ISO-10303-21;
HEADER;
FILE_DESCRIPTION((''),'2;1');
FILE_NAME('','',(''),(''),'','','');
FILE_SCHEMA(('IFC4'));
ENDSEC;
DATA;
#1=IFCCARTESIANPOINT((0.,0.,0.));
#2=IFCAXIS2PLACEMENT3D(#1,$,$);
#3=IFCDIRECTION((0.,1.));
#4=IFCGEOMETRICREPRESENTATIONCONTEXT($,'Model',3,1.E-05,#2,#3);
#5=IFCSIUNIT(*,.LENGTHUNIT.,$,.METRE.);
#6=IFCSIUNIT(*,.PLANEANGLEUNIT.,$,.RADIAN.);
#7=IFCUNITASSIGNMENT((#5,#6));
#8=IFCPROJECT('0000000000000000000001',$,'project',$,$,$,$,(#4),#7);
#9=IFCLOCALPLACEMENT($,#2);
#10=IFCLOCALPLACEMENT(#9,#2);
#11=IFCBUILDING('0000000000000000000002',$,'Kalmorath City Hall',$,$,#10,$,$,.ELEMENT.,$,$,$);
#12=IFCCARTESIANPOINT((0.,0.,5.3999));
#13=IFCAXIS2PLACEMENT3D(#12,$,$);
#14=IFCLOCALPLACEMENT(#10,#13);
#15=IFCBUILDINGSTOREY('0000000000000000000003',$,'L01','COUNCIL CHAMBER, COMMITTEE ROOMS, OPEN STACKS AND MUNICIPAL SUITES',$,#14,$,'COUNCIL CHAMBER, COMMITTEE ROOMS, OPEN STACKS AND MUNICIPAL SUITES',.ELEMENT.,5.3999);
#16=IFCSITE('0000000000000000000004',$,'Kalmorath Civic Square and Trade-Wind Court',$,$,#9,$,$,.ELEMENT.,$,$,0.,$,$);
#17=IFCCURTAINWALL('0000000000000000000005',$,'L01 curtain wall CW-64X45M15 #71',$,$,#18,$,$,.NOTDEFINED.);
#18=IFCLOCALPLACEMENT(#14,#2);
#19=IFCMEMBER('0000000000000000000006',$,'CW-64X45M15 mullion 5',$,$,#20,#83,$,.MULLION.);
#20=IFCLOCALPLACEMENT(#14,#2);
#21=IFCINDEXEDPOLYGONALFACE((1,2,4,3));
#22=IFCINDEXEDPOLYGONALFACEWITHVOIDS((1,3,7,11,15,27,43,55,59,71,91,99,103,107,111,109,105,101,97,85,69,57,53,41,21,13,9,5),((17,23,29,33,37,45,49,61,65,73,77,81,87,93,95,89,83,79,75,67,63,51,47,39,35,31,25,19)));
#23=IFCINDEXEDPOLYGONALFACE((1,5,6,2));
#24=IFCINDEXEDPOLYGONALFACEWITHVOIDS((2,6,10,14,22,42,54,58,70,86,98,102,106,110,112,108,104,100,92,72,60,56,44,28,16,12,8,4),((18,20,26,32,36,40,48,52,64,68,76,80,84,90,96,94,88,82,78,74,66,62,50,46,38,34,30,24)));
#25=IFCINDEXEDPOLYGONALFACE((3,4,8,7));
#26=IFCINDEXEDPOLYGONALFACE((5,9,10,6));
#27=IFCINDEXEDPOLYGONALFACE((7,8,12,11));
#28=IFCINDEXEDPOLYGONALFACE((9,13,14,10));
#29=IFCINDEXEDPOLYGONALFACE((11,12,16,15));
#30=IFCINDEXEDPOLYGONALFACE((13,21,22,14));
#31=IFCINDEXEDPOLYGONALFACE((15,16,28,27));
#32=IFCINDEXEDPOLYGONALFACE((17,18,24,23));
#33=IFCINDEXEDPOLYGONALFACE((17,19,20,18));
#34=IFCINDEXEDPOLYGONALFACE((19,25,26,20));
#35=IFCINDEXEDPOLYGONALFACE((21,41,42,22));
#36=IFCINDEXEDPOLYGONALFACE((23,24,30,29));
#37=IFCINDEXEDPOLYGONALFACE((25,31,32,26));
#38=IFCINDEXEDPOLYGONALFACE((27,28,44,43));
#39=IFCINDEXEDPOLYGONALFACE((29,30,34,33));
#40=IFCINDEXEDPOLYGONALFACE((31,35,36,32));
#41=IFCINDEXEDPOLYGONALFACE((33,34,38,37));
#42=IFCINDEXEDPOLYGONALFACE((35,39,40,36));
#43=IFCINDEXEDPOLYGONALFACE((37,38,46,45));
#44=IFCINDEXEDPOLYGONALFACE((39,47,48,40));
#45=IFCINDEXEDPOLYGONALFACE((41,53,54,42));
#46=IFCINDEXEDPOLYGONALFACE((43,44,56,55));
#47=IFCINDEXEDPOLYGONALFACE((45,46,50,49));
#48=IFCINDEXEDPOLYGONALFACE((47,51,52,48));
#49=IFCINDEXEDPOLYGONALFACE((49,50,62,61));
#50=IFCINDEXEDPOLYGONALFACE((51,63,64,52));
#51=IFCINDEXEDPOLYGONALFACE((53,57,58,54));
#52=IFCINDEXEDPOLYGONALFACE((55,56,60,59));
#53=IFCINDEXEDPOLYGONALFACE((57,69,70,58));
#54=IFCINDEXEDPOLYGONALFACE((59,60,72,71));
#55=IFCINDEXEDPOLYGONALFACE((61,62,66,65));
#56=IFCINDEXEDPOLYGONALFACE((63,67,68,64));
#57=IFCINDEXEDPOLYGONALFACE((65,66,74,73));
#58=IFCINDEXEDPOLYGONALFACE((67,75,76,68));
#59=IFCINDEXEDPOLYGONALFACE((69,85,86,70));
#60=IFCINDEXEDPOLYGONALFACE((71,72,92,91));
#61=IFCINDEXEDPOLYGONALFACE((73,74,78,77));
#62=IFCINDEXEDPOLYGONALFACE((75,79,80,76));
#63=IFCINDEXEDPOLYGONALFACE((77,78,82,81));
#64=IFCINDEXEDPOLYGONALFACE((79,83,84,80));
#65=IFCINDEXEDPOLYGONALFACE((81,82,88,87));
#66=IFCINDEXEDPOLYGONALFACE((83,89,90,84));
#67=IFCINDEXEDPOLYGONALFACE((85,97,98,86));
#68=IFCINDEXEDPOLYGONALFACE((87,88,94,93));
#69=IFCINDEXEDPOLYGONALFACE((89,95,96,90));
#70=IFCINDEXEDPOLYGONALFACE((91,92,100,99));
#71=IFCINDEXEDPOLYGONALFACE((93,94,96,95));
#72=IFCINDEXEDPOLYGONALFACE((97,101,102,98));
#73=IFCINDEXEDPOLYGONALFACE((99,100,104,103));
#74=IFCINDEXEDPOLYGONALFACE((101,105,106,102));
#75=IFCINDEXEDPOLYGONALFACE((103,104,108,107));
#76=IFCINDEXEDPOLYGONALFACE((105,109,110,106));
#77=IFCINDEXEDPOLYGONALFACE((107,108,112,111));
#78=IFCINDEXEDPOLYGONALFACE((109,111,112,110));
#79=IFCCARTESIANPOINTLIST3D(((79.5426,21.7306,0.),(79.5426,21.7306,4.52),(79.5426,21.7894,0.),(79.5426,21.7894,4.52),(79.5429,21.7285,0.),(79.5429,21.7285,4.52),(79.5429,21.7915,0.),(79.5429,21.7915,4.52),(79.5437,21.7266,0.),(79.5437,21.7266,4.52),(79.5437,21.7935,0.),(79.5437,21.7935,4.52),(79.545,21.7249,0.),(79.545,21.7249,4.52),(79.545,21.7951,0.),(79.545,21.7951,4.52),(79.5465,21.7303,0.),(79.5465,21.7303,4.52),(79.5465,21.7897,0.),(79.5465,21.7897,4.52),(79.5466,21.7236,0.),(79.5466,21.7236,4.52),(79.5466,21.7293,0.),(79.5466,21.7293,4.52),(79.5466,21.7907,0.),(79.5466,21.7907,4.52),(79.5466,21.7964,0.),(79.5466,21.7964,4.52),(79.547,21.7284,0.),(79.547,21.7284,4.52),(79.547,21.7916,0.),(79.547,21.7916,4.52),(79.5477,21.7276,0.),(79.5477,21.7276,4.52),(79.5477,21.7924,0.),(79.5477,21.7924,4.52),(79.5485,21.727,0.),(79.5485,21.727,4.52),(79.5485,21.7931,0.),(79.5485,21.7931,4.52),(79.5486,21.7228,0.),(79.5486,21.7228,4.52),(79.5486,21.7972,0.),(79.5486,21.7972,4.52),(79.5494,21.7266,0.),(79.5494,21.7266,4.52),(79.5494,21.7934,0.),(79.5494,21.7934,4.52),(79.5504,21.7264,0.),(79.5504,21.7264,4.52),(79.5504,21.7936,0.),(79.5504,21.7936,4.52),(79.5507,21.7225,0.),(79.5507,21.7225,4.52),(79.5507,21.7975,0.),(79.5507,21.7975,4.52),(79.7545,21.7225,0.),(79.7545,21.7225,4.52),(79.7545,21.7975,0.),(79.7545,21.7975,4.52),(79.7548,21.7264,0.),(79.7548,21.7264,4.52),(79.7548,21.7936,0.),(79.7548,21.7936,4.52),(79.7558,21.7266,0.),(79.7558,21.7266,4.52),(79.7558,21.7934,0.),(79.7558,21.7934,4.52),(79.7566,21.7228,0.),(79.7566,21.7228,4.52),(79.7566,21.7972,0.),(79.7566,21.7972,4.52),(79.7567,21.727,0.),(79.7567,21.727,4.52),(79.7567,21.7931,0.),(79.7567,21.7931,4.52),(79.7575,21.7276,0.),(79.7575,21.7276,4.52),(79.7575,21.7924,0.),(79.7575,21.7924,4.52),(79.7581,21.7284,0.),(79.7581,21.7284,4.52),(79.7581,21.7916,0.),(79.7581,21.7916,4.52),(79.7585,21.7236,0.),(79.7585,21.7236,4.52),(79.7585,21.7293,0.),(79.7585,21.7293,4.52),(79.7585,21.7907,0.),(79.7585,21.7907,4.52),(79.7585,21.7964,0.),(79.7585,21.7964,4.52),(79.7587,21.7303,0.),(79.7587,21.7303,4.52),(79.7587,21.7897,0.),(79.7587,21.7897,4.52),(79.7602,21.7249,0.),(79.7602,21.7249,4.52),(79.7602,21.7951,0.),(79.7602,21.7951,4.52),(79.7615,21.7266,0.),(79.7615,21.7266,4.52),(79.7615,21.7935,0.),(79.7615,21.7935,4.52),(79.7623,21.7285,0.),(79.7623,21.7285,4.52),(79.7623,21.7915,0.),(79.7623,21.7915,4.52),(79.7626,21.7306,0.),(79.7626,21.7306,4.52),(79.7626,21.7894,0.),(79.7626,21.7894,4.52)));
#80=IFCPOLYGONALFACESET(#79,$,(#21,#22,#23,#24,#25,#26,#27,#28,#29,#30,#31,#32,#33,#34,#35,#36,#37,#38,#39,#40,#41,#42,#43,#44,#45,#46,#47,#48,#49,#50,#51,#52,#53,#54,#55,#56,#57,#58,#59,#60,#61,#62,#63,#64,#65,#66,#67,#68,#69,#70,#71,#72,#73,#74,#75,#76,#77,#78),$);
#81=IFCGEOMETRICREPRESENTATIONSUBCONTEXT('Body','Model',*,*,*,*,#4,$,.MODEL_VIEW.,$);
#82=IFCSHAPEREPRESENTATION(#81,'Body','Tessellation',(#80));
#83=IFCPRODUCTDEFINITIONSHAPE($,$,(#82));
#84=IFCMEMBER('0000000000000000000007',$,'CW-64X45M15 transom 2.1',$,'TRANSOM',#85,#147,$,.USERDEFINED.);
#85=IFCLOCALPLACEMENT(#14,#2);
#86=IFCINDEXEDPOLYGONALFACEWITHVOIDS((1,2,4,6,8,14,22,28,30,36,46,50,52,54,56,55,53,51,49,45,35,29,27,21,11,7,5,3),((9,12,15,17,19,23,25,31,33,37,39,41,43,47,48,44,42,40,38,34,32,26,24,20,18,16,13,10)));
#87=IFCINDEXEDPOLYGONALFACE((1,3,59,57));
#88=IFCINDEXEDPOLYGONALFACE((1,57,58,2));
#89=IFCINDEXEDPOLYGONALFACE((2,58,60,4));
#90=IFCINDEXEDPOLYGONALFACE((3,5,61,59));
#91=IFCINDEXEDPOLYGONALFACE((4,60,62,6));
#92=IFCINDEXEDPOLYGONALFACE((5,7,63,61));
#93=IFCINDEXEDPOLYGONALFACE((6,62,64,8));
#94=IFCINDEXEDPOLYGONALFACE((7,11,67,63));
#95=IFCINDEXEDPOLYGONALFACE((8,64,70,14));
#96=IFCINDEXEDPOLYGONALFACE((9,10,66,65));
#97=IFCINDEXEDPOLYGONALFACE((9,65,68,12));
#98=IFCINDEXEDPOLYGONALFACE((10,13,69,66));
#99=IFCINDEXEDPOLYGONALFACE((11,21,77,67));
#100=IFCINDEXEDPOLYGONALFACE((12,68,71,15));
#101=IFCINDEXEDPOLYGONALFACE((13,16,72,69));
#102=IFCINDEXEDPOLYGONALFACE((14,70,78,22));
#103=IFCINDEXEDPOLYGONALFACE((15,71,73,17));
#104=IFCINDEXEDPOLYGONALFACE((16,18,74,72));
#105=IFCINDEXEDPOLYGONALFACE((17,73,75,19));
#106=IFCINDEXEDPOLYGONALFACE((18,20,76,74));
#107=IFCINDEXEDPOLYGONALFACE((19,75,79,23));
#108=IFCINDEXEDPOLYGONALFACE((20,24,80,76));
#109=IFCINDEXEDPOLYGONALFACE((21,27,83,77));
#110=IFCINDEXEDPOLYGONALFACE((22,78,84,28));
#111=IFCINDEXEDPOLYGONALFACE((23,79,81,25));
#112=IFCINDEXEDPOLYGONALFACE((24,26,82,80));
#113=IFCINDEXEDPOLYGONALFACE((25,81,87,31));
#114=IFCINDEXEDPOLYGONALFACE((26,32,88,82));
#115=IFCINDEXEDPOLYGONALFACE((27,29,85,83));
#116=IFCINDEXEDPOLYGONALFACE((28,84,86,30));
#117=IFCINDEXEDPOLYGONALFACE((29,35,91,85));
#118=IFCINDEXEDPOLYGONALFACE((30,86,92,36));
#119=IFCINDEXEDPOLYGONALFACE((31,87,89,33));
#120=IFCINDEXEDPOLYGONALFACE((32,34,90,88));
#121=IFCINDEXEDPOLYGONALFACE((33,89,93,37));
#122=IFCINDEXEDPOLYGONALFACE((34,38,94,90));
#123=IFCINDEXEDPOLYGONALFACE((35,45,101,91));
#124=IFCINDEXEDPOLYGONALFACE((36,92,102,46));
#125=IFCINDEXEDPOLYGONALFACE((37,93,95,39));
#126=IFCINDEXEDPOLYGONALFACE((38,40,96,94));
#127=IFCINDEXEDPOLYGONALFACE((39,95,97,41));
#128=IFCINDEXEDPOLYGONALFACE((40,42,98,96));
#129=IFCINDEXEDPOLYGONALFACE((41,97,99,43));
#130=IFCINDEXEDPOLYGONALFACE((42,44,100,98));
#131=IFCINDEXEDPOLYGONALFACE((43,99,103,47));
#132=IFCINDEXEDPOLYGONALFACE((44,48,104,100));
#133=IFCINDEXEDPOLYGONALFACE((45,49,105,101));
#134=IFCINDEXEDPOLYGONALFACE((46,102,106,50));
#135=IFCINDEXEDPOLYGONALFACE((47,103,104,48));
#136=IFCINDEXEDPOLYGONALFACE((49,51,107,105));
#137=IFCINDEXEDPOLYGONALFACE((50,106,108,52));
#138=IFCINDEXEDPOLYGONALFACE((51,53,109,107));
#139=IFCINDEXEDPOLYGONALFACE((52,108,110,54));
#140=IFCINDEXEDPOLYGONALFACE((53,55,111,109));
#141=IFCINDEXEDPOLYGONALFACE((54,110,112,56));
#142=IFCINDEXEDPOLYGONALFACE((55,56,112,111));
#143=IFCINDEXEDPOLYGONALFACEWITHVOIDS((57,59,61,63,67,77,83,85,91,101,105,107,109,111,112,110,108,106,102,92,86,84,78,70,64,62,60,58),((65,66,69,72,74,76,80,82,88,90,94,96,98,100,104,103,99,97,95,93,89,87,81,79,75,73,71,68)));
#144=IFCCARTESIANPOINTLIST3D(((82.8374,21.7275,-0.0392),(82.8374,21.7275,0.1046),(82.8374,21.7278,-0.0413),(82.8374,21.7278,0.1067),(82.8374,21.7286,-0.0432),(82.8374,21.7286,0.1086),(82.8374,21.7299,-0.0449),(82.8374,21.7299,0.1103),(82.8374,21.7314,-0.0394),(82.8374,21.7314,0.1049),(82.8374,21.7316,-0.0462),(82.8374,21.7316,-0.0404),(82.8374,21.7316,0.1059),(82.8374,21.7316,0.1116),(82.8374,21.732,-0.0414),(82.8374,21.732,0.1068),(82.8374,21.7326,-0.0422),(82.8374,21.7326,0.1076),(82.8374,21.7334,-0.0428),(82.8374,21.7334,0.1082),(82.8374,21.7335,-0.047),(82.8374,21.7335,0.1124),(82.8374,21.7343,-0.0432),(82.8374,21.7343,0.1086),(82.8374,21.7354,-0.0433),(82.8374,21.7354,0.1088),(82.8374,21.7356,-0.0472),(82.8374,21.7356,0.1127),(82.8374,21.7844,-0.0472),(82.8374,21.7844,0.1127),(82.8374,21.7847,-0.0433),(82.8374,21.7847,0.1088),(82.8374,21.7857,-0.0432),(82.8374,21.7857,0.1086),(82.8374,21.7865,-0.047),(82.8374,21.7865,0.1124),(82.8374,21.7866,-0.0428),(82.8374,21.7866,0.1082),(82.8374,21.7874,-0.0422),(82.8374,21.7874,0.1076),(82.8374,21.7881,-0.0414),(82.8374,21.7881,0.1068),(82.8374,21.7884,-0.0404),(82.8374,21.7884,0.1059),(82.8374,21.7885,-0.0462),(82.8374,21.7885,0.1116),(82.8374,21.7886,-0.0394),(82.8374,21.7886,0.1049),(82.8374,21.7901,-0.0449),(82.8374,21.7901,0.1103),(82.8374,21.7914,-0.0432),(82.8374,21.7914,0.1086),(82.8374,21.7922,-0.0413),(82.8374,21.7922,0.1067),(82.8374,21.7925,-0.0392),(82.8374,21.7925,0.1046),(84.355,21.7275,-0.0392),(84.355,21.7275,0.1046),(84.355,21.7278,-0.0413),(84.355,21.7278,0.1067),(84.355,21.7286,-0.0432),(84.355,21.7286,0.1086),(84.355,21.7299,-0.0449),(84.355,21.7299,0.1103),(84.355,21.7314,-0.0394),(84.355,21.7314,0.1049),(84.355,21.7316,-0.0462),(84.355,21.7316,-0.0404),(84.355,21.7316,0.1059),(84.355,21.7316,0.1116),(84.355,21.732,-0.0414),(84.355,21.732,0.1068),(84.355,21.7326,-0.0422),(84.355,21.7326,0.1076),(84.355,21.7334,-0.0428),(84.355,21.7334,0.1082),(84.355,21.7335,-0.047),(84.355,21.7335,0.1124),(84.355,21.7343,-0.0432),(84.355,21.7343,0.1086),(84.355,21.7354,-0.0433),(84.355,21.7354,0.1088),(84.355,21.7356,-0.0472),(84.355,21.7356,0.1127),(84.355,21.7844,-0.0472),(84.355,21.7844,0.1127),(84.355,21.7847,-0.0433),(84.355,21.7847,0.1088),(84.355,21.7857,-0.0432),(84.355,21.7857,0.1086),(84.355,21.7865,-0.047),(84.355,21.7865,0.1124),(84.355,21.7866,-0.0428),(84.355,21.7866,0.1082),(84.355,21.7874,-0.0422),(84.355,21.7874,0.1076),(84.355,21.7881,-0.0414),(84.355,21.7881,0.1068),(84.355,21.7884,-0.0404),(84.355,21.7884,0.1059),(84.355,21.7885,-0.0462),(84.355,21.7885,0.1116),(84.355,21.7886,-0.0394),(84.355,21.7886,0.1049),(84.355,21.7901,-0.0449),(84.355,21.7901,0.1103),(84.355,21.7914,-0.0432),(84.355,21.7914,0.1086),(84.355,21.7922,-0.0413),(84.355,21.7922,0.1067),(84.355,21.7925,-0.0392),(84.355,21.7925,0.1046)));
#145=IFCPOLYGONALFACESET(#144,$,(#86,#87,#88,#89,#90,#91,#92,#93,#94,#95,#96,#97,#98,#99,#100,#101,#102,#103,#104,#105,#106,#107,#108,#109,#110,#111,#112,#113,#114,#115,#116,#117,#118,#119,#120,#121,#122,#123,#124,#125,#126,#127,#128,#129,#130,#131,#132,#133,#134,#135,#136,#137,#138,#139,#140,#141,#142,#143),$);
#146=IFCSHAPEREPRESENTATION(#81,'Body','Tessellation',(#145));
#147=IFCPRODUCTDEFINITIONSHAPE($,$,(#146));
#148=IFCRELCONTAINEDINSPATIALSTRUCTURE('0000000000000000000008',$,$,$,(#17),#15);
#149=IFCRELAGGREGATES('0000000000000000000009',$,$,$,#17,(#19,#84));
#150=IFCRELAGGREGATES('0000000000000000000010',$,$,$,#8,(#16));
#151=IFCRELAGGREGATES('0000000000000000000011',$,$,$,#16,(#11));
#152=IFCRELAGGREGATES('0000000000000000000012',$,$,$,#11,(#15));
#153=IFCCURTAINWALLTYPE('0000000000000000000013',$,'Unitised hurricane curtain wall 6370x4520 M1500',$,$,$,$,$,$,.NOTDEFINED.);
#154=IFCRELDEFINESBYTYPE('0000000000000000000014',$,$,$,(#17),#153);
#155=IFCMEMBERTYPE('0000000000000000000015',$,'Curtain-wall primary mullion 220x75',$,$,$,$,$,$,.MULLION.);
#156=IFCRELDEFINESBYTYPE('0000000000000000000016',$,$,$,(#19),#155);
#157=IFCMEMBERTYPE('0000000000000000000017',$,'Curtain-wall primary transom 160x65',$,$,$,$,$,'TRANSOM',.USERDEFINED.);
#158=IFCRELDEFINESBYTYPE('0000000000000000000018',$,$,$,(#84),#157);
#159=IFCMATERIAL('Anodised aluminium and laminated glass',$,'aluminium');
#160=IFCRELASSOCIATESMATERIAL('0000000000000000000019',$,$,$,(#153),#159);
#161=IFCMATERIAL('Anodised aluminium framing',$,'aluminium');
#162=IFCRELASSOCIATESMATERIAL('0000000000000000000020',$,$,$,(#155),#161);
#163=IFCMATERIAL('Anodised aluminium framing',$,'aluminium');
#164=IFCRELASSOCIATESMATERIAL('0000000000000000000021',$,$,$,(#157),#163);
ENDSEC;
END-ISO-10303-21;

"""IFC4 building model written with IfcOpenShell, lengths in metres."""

from ifc_helpers import new_model, si_unit, direction, frame, origin, origin_2d, place, context, subcontext, project, spatial, hollow_rectangle, extrude, material, material_profile, profile_set, type_object, element, aggregate, save


model = new_model("IFC4")

# Units and contexts
model_context = context("Model", 3, precision=1e-05, world=origin(), true_north=direction((0.0, 1.0)))
body_context = subcontext(model_context, "Body", "Model", "MODEL_VIEW")
ifc_project = project(units=[si_unit("LENGTHUNIT", "METRE"), si_unit("PLANEANGLEUNIT", "RADIAN")], contexts=[model_context])

# Site, building, storey
site_placement = place(None, origin())
site = spatial("IfcSite", under=ifc_project, at=site_placement, Name="Kalmorath Civic Square and Trade-Wind Court", CompositionType="ELEMENT", RefElevation=0.0)
building_placement = place(site_placement, origin())
building = spatial("IfcBuilding", under=site, at=building_placement, Name="Kalmorath City Hall", CompositionType="ELEMENT")
storey_placement = place(building_placement, frame((0.0, 0.0, 5.3999)))
storey = spatial("IfcBuildingStorey", under=building, at=storey_placement, Name="L01", Description="COUNCIL CHAMBER, COMMITTEE ROOMS, OPEN STACKS AND MUNICIPAL SUITES", LongName="COUNCIL CHAMBER, COMMITTEE ROOMS, OPEN STACKS AND MUNICIPAL SUITES", CompositionType="ELEMENT", Elevation=5.3999)

# Curtain wall, members
ifc_material_1 = material(Name="Anodised aluminium and laminated glass", Category="aluminium")
curtain_wall_type = type_object("IfcCurtainWallType", Name="Unitised hurricane curtain wall 6370x4520 M1500", PredefinedType="NOTDEFINED", material=ifc_material_1)
curtain_wall_placement = place(storey_placement, origin())
curtain_wall = element("IfcCurtainWall", 1, at=curtain_wall_placement, inside=storey, type_object=curtain_wall_type, Name="L01 curtain wall CW-64X45M15 #71", PredefinedType="NOTDEFINED")
ifc_material_2 = material(Name="Anodised aluminium framing", Category="aluminium")
ifc_material_profile_1 = material_profile(ifc_material_2, hollow_rectangle(XDim=0.075, YDim=0.22, WallThickness=0.0039, InnerFilletRadius=0.0039, OuterFilletRadius=0.0081, at=origin_2d()), Name="ALU-MUL-220X75X4")
ifc_profile_set_1 = profile_set([ifc_material_profile_1], Name="Anodised aluminium framing")
member_type_1 = type_object("IfcMemberType", Name="Curtain-wall primary mullion 220x75", PredefinedType="MULLION", material=ifc_profile_set_1)
member_1_placement = place(storey_placement, frame((79.6526, 21.76, 0.0), z_axis=(0.0, 0.0, 1.0), x_axis=(0.0, -1.0, 0.0)))
member_1 = element("IfcMember", 2, at=member_1_placement, type_object=member_type_1, Name="CW-64X45M15 mullion 5", PredefinedType="MULLION", context=body_context, shape_type="SweptSolid", body=[
    extrude(hollow_rectangle(XDim=0.075, YDim=0.22, WallThickness=0.0039, InnerFilletRadius=0.0039, OuterFilletRadius=0.0081, at=origin_2d()), origin(), (0.0, 0.0, 1.0), 4.52),
])
ifc_material_3 = material(Name="Anodised aluminium framing", Category="aluminium")
ifc_material_profile_2 = material_profile(ifc_material_3, hollow_rectangle(XDim=0.0649, YDim=0.1599, WallThickness=0.0039, InnerFilletRadius=0.0039, OuterFilletRadius=0.0081, at=origin_2d()), Name="ALU-TRN-160X65X4")
ifc_profile_set_2 = profile_set([ifc_material_profile_2], Name="Anodised aluminium framing")
member_type_2 = type_object("IfcMemberType", Name="Curtain-wall primary transom 160x65", ElementType="TRANSOM", PredefinedType="USERDEFINED", material=ifc_profile_set_2)
member_2_placement = place(storey_placement, frame((84.355, 21.76, 0.0327), z_axis=(-1.0, 0.0, 0.0), x_axis=(0.0, -1.0, 0.0)))
member_2 = element("IfcMember", 3, at=member_2_placement, type_object=member_type_2, Name="CW-64X45M15 transom 2.1", ObjectType="TRANSOM", PredefinedType="USERDEFINED", context=body_context, shape_type="SweptSolid", body=[
    extrude(hollow_rectangle(XDim=0.0649, YDim=0.1599, WallThickness=0.0039, InnerFilletRadius=0.0039, OuterFilletRadius=0.0081, at=origin_2d()), origin(), (0.0, 0.0, 1.0), 1.5176),
])

aggregate(curtain_wall, [member_1, member_2])

save(model, "model.ifc")
